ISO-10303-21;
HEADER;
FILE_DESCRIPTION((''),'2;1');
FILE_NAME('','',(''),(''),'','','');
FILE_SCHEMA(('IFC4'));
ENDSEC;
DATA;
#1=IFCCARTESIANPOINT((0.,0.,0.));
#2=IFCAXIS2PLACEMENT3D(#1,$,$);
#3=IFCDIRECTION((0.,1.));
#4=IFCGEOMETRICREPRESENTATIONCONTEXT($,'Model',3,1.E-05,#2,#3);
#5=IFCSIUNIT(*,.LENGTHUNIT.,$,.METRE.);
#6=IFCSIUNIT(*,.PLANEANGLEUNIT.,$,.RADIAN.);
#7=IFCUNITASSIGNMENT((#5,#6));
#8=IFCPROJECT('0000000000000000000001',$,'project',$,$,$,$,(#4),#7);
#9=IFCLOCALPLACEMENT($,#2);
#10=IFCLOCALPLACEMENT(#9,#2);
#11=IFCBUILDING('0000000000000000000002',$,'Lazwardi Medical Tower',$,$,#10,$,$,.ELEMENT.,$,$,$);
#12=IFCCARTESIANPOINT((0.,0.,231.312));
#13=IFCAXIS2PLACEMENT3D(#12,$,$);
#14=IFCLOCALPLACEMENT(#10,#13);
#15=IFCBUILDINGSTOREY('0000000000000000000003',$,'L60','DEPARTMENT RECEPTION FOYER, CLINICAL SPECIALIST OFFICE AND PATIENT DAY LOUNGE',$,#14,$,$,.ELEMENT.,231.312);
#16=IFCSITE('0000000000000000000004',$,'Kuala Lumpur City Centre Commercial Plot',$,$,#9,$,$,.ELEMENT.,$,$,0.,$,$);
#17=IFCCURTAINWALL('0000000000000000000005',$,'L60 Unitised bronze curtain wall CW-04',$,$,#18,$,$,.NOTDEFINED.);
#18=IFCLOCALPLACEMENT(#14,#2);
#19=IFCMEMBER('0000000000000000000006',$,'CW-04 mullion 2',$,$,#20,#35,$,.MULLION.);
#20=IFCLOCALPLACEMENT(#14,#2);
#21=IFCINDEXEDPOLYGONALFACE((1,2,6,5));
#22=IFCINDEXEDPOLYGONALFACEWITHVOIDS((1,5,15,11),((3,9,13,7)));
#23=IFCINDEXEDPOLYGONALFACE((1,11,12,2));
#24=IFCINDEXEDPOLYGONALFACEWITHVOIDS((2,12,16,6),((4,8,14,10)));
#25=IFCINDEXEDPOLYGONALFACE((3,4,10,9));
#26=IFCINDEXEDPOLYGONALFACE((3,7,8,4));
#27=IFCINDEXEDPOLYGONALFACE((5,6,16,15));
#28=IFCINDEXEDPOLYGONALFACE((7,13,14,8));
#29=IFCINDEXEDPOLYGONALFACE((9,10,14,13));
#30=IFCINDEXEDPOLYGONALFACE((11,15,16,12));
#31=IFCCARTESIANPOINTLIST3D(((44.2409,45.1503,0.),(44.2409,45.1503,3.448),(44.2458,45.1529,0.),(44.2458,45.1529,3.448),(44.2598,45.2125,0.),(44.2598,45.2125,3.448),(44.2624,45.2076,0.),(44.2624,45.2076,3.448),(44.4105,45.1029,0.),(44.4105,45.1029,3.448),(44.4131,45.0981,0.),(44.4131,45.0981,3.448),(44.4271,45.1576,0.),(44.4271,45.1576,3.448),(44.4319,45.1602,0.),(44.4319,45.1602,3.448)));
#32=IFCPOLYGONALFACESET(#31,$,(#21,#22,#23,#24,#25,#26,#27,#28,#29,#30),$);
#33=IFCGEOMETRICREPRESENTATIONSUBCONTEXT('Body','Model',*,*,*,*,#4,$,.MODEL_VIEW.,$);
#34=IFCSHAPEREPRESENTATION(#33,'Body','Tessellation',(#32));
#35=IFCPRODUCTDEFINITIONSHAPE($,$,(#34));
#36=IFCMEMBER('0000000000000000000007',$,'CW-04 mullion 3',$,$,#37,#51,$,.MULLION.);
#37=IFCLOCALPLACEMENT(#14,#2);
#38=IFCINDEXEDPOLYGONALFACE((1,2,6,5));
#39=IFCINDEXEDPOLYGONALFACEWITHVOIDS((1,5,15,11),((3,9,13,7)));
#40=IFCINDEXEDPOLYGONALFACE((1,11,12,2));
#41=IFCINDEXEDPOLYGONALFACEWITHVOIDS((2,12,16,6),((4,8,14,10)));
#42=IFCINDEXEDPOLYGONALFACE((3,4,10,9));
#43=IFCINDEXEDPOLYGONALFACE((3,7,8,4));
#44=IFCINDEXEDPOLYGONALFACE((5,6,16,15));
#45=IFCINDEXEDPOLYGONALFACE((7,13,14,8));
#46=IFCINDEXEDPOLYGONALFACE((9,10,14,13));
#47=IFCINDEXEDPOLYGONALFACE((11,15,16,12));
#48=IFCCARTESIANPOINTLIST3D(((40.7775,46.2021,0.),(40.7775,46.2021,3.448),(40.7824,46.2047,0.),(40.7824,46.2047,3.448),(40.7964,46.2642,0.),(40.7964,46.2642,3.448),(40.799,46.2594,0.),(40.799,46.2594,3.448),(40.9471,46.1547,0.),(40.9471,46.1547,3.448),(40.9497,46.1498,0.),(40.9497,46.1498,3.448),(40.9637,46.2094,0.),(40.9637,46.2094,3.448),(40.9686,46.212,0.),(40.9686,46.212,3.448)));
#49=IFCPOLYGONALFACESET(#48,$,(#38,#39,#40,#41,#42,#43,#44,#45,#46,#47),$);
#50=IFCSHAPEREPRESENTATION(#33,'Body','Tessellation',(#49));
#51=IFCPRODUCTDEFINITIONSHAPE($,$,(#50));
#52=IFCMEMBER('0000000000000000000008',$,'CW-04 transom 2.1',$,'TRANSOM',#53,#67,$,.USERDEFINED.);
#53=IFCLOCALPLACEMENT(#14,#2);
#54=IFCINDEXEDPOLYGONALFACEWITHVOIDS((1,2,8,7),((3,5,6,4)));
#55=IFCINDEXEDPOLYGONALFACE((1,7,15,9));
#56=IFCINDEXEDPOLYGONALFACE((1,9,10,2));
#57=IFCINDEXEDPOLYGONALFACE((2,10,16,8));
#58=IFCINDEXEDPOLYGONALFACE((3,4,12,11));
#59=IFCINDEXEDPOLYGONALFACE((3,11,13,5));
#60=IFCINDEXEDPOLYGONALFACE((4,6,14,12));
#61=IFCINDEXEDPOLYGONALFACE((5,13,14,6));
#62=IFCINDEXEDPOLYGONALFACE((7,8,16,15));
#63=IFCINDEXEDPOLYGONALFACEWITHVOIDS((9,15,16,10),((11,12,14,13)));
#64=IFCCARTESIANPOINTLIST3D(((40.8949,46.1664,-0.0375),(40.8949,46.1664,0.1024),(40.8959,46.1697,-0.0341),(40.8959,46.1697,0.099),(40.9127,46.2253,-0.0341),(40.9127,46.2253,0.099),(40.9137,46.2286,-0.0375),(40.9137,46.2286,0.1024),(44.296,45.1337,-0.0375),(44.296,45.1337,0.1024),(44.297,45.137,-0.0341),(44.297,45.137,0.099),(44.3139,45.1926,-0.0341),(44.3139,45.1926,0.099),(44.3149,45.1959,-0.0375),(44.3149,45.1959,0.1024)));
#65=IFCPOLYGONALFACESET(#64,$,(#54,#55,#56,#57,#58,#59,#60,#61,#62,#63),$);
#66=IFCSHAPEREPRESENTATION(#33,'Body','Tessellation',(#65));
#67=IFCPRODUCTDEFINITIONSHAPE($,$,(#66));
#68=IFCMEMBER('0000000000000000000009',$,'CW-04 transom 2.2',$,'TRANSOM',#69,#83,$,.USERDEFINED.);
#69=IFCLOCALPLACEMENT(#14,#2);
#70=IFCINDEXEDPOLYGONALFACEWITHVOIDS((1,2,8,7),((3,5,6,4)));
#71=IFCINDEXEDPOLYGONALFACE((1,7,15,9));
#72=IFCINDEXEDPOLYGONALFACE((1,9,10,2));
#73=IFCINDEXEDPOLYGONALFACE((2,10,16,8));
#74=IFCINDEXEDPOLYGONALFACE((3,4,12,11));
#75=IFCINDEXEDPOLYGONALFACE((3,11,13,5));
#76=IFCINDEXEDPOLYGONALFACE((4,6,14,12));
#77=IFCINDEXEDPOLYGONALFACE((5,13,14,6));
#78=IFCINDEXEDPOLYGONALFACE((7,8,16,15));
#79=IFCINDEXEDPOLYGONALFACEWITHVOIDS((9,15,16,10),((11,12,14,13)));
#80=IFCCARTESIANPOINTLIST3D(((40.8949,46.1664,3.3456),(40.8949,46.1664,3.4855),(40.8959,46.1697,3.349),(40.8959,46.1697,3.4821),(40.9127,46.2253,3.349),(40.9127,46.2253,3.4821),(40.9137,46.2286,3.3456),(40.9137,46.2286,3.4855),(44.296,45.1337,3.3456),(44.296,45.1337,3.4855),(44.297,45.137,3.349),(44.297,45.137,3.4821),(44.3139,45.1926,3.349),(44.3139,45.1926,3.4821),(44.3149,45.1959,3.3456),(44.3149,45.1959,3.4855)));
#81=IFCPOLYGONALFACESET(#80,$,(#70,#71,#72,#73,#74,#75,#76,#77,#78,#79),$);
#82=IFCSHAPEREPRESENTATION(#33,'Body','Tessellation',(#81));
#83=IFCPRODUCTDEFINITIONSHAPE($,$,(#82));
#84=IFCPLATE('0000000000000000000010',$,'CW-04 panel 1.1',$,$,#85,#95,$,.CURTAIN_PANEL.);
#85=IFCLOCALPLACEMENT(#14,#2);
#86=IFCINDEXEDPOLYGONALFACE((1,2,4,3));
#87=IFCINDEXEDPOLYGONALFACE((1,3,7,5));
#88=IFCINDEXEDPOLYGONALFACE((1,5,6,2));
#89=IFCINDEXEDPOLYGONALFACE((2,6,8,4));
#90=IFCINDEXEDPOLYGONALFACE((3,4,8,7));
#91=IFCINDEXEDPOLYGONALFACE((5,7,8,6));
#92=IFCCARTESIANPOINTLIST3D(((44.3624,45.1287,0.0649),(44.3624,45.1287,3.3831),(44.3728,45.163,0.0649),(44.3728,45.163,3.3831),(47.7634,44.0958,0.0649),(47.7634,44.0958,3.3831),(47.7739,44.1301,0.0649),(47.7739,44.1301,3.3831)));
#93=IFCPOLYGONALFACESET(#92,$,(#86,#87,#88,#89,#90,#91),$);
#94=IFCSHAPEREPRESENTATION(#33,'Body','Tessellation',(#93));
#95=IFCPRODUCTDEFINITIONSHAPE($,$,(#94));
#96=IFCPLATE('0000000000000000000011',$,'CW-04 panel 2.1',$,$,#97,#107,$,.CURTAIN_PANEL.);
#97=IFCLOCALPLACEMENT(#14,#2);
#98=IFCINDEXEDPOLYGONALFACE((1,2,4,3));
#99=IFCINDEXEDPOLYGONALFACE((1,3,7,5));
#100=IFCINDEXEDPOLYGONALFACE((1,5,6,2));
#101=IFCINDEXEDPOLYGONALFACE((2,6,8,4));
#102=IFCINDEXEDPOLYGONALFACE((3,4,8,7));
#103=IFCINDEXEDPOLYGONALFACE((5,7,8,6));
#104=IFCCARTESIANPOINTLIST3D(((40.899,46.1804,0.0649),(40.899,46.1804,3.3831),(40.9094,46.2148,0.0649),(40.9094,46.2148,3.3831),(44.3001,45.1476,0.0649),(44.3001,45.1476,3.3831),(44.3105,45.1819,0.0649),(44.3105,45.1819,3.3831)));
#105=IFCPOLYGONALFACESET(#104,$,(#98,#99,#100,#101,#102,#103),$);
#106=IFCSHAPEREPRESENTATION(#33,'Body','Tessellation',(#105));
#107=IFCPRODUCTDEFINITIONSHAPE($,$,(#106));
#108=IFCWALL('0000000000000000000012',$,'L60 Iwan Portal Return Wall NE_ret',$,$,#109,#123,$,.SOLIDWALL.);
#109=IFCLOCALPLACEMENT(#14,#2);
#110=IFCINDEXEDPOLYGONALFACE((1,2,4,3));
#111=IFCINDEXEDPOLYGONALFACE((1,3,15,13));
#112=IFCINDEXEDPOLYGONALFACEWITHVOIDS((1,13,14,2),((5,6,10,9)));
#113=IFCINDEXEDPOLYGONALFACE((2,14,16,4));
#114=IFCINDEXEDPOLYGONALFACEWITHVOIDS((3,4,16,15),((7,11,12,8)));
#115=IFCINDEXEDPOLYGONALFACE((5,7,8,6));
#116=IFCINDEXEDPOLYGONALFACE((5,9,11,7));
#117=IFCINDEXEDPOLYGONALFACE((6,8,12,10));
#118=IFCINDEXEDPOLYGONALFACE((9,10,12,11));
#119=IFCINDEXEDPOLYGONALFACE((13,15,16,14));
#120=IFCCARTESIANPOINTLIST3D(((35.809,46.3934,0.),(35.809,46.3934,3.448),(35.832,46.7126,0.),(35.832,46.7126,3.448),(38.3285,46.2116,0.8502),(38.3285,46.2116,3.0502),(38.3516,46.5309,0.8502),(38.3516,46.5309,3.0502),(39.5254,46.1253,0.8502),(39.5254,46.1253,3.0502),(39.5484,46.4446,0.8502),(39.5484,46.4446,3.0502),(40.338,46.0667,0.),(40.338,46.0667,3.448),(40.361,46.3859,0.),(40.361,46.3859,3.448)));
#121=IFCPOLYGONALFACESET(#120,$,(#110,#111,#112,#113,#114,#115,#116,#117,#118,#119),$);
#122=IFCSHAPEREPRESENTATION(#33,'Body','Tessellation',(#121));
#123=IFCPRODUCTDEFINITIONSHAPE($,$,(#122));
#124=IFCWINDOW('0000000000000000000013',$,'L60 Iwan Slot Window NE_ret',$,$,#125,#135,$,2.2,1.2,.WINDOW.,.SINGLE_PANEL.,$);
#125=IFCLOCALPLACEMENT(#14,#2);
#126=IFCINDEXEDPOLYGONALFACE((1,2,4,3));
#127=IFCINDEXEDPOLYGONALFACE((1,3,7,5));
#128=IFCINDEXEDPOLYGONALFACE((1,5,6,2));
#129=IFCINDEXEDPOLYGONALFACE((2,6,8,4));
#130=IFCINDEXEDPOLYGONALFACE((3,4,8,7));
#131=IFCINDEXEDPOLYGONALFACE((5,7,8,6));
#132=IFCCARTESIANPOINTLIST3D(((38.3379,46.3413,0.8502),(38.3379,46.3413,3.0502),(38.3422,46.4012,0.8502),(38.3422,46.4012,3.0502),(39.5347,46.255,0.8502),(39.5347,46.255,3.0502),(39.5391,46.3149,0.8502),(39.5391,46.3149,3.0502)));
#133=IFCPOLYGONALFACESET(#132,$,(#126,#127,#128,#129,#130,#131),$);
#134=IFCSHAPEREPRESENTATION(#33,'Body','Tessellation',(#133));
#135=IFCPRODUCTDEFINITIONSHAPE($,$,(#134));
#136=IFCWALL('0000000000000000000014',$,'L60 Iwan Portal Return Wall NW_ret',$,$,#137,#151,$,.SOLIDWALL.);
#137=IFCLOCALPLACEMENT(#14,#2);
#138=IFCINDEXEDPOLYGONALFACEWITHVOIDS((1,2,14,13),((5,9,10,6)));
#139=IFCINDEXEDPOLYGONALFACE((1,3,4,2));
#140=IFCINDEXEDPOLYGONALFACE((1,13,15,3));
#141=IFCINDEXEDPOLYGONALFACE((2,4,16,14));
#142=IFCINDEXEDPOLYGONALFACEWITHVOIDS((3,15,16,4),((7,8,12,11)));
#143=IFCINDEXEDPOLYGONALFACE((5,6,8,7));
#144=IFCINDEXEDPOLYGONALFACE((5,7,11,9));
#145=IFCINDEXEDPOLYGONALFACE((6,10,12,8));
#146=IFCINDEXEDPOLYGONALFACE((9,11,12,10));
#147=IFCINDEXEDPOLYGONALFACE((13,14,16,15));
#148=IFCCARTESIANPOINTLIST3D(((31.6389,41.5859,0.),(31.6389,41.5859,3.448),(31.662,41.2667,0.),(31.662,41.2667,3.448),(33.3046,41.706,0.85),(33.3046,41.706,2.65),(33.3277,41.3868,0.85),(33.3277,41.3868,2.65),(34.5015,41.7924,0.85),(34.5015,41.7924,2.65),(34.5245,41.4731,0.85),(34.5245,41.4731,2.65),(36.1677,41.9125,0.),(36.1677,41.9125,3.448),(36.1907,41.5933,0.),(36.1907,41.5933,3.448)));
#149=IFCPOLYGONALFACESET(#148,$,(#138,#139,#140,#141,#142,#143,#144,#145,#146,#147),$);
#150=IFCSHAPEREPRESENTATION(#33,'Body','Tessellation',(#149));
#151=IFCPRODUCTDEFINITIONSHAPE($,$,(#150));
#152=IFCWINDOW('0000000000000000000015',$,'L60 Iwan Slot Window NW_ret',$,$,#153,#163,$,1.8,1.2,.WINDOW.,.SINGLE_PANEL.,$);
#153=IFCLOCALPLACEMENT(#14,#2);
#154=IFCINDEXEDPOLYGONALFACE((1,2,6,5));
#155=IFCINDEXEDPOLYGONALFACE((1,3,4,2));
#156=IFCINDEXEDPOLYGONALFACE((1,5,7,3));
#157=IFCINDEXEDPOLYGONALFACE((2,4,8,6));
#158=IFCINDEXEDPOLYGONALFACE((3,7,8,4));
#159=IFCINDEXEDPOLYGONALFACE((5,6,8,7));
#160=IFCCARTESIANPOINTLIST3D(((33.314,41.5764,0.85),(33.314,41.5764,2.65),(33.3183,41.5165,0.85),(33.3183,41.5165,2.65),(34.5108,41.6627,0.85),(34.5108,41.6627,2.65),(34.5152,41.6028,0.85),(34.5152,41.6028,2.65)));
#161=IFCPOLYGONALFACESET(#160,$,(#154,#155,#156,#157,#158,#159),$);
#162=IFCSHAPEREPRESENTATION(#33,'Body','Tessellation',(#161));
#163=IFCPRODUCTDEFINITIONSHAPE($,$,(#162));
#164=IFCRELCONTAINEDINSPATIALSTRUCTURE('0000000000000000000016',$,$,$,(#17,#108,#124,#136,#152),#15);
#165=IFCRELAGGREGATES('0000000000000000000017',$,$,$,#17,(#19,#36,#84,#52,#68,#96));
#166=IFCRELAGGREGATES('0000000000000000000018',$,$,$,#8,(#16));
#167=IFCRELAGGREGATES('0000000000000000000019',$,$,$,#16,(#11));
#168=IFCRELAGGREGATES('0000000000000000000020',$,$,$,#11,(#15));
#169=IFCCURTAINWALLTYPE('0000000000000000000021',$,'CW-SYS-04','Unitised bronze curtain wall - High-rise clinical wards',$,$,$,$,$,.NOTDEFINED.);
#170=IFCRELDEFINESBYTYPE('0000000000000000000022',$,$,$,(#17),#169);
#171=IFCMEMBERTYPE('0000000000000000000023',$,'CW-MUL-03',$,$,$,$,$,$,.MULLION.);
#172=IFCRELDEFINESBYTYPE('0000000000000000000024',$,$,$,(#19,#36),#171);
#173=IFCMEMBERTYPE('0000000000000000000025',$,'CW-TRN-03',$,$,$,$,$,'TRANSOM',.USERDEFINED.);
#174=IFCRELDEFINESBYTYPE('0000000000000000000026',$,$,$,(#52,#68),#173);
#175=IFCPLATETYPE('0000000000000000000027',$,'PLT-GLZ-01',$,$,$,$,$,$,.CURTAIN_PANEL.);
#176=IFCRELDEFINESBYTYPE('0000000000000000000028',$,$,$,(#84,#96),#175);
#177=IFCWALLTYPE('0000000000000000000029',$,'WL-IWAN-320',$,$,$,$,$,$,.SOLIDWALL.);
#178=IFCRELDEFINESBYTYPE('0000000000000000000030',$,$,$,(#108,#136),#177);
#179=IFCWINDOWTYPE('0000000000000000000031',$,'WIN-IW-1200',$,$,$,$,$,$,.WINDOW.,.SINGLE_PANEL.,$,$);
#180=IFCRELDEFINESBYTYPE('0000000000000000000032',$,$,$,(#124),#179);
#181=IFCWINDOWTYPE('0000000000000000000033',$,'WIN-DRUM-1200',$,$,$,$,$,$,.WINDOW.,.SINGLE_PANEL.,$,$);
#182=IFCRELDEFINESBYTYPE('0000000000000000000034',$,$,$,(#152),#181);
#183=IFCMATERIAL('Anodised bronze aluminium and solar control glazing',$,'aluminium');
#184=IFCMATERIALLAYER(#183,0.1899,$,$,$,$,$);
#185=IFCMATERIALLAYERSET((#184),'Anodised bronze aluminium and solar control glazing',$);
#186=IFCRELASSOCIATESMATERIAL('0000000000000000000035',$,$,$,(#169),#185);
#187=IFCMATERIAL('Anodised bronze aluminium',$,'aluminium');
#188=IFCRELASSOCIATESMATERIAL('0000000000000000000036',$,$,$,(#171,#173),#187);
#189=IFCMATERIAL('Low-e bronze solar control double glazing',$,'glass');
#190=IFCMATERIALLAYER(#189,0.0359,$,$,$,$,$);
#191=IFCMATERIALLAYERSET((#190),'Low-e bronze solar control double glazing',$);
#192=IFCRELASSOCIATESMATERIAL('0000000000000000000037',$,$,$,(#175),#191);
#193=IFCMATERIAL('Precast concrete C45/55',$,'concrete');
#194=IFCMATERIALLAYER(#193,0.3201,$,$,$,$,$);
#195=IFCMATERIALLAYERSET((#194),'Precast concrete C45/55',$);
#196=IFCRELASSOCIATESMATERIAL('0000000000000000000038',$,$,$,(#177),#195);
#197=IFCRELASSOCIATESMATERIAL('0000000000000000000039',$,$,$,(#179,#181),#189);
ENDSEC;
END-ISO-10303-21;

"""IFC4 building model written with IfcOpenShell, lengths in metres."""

from ifc_helpers import new_model, si_unit, direction, frame, frame_2d, origin, origin_2d, place, context, subcontext, project, spatial, rectangle, hollow_rectangle, extrude, material, layer, layer_set, material_profile, profile_set, type_object, element, fill, aggregate, save


model = new_model("IFC4")

# Units and contexts
model_context = context("Model", 3, precision=1e-05, world=origin(), true_north=direction((0.0, 1.0)))
body_context = subcontext(model_context, "Body", "Model", "MODEL_VIEW")
ifc_project = project(units=[si_unit("LENGTHUNIT", "METRE"), si_unit("PLANEANGLEUNIT", "RADIAN")], contexts=[model_context])

# Site, building, storey
site_placement = place(None, origin())
site = spatial("IfcSite", under=ifc_project, at=site_placement, Name="Kuala Lumpur City Centre Commercial Plot", CompositionType="ELEMENT", RefElevation=0.0)
building_placement = place(site_placement, origin())
building = spatial("IfcBuilding", under=site, at=building_placement, Name="Lazwardi Medical Tower", CompositionType="ELEMENT")
storey_placement = place(building_placement, frame((0.0, 0.0, 231.312)))
storey = spatial("IfcBuildingStorey", under=building, at=storey_placement, Name="L60", Description="DEPARTMENT RECEPTION FOYER, CLINICAL SPECIALIST OFFICE AND PATIENT DAY LOUNGE", CompositionType="ELEMENT", Elevation=231.312)

# Curtain wall, members, plates
ifc_material_1 = material(Name="Anodised bronze aluminium and solar control glazing", Category="aluminium")
ifc_layer_1 = layer(ifc_material_1, 0.1899)
ifc_layer_set_1 = layer_set([ifc_layer_1], Name="Anodised bronze aluminium and solar control glazing")
curtain_wall_type = type_object("IfcCurtainWallType", Name="CW-SYS-04", Description="Unitised bronze curtain wall - High-rise clinical wards", PredefinedType="NOTDEFINED", material=ifc_layer_set_1)
curtain_wall_placement = place(storey_placement, origin())
curtain_wall = element("IfcCurtainWall", 1, at=curtain_wall_placement, inside=storey, type_object=curtain_wall_type, Name="L60 Unitised bronze curtain wall CW-04", PredefinedType="NOTDEFINED")
ifc_material_2 = material(Name="Anodised bronze aluminium", Category="aluminium")
ifc_material_profile_1 = material_profile(ifc_material_2, hollow_rectangle(XDim=0.0649, YDim=0.1799, WallThickness=0.0039, at=origin_2d()), Name="ALU-MULLION 180x65x4")
ifc_profile_set_1 = profile_set([ifc_material_profile_1], Name="Anodised bronze aluminium")
member_type_1 = type_object("IfcMemberType", Name="CW-MUL-03", PredefinedType="MULLION", material=ifc_profile_set_1)
member_1_placement = place(storey_placement, frame((44.3364, 45.1553, 0.0), z_axis=(0.0, 0.0, 1.0), x_axis=(-0.290582, -0.95685, 0.0)))
member_1 = element("IfcMember", 2, at=member_1_placement, type_object=member_type_1, Name="CW-04 mullion 2", PredefinedType="MULLION", context=body_context, shape_type="SweptSolid", body=[
    extrude(hollow_rectangle(XDim=0.0649, YDim=0.1799, WallThickness=0.0039, at=origin_2d()), origin(), (0.0, 0.0, 1.0), 3.448),
])
member_2_placement = place(storey_placement, frame((40.873, 46.207, 0.0), z_axis=(0.0, 0.0, 1.0), x_axis=(-0.290582, -0.95685, 0.0)))
member_2 = element("IfcMember", 3, at=member_2_placement, type_object=member_type_1, Name="CW-04 mullion 3", PredefinedType="MULLION", context=body_context, shape_type="SweptSolid", body=[
    extrude(hollow_rectangle(XDim=0.0649, YDim=0.1799, WallThickness=0.0039, at=origin_2d()), origin(), (0.0, 0.0, 1.0), 3.448),
])
ifc_material_profile_2 = material_profile(ifc_material_2, hollow_rectangle(XDim=0.0649, YDim=0.1399, WallThickness=0.0034, at=origin_2d()), Name="ALU-TRANSOM 140x65x3.5")
ifc_profile_set_2 = profile_set([ifc_material_profile_2], Name="Anodised bronze aluminium")
member_type_2 = type_object("IfcMemberType", Name="CW-TRN-03", ElementType="TRANSOM", PredefinedType="USERDEFINED", material=ifc_profile_set_2)
member_3_placement = place(storey_placement, frame((44.3054, 45.1648, 0.0325), z_axis=(-0.956863, 0.290541, 0.0), x_axis=(-0.290541, -0.956863, 0.0)))
member_3 = element("IfcMember", 4, at=member_3_placement, type_object=member_type_2, Name="CW-04 transom 2.1", ObjectType="TRANSOM", PredefinedType="USERDEFINED", context=body_context, shape_type="SweptSolid", body=[
    extrude(hollow_rectangle(XDim=0.0649, YDim=0.1399, WallThickness=0.0034, at=origin_2d()), origin(), (0.0, 0.0, 1.0), 3.5544),
])
member_4_placement = place(storey_placement, frame((44.3054, 45.1648, 3.4155), z_axis=(-0.956863, 0.290541, 0.0), x_axis=(-0.290541, -0.956863, 0.0)))
member_4 = element("IfcMember", 5, at=member_4_placement, type_object=member_type_2, Name="CW-04 transom 2.2", ObjectType="TRANSOM", PredefinedType="USERDEFINED", context=body_context, shape_type="SweptSolid", body=[
    extrude(hollow_rectangle(XDim=0.0649, YDim=0.1399, WallThickness=0.0034, at=origin_2d()), origin(), (0.0, 0.0, 1.0), 3.5544),
])
ifc_material_3 = material(Name="Low-e bronze solar control double glazing", Category="glass")
ifc_layer_2 = layer(ifc_material_3, 0.0359)
ifc_layer_set_2 = layer_set([ifc_layer_2], Name="Low-e bronze solar control double glazing")
plate_type = type_object("IfcPlateType", Name="PLT-GLZ-01", PredefinedType="CURTAIN_PANEL", material=ifc_layer_set_2)
plate_1_placement = place(storey_placement, frame((46.0681, 44.6294, 0.0649), z_axis=(0.0, 0.0, 1.0), x_axis=(-0.95685, 0.290582, 0.0)))
plate_1 = element("IfcPlate", 6, at=plate_1_placement, type_object=plate_type, Name="CW-04 panel 1.1", PredefinedType="CURTAIN_PANEL", context=body_context, shape_type="SweptSolid", body=[
    extrude(rectangle(XDim=3.5544, YDim=0.0359, at=origin_2d()), origin(), (0.0, 0.0, 1.0), 3.3181),
])
plate_2_placement = place(storey_placement, frame((42.6047, 45.6812, 0.0649), z_axis=(0.0, 0.0, 1.0), x_axis=(-0.95685, 0.290582, 0.0)))
plate_2 = element("IfcPlate", 7, at=plate_2_placement, type_object=plate_type, Name="CW-04 panel 2.1", PredefinedType="CURTAIN_PANEL", context=body_context, shape_type="SweptSolid", body=[
    extrude(rectangle(XDim=3.5544, YDim=0.0359, at=origin_2d()), origin(), (0.0, 0.0, 1.0), 3.3181),
])
aggregate(curtain_wall, [member_1, member_2, plate_1, member_3, member_4, plate_2])

# Walls, openings, windows
ifc_material_4 = material(Name="Precast concrete C45/55", Category="concrete")
ifc_layer_3 = layer(ifc_material_4, 0.3201)
ifc_layer_set_3 = layer_set([ifc_layer_3], Name="Precast concrete C45/55")
wall_type = type_object("IfcWallType", Name="WL-IWAN-320", PredefinedType="SOLIDWALL", material=ifc_layer_set_3)
wall_1_placement = place(storey_placement, frame((40.3496, 46.2263, 0.0), z_axis=(0.0, 0.0, 1.0), x_axis=(-0.997409, 0.071939, 0.0)))
wall_1 = element("IfcWall", 8, at=wall_1_placement, inside=storey, type_object=wall_type, Name="L60 Iwan Portal Return Wall NE_ret", PredefinedType="SOLIDWALL", context=body_context, shape_type="SweptSolid", body=[
    extrude(rectangle(XDim=4.5408, YDim=0.3201, at=frame_2d((2.2705, 0.0))), origin(), (0.0, 0.0, 1.0), 3.448),
])
opening_1_placement = place(wall_1_placement, frame((0.8147, 0.0, 0.8501)))
opening_1 = element("IfcOpeningElement", 9, at=opening_1_placement, cuts=wall_1, PredefinedType="OPENING", context=body_context, shape_type="SweptSolid", body=[
    extrude(rectangle(XDim=1.2, YDim=2.2, at=frame_2d((0.6001, 1.1001))), frame((0.0, 0.1699, 0.0), z_axis=(0.0, -1.0, 0.0), x_axis=(1.0, 0.0, 0.0)), (0.0, 0.0, 1.0), 0.3401),
])
window_type_1 = type_object("IfcWindowType", Name="WIN-IW-1200", PartitioningType="SINGLE_PANEL", PredefinedType="WINDOW", material=ifc_material_3)
window_1_placement = place(opening_1_placement, origin())
window_1 = element("IfcWindow", 10, at=window_1_placement, inside=storey, type_object=window_type_1, Name="L60 Iwan Slot Window NE_ret", OverallHeight=2.2, OverallWidth=1.2, PartitioningType="SINGLE_PANEL", PredefinedType="WINDOW", context=body_context, shape_type="SweptSolid", body=[
    extrude(rectangle(XDim=1.2, YDim=2.2, at=frame_2d((0.6001, 1.1001))), frame((0.0, 0.03, 0.0), z_axis=(0.0, -1.0, 0.0), x_axis=(1.0, 0.0, 0.0)), (0.0, 0.0, 1.0), 0.0601),
])
fill(opening_1, window_1)
wall_2_placement = place(storey_placement, frame((36.1792, 41.7529, 0.0), z_axis=(0.0, 0.0, 1.0), x_axis=(-0.997409, -0.071942, 0.0)))
wall_2 = element("IfcWall", 11, at=wall_2_placement, inside=storey, type_object=wall_type, Name="L60 Iwan Portal Return Wall NW_ret", PredefinedType="SOLIDWALL", context=body_context, shape_type="SweptSolid", body=[
    extrude(rectangle(XDim=4.5405, YDim=0.3201, at=frame_2d((2.2703, 0.0))), origin(), (0.0, 0.0, 1.0), 3.448),
])
opening_2_placement = place(wall_2_placement, frame((1.6704, 0.0, 0.8501)))
opening_2 = element("IfcOpeningElement", 12, at=opening_2_placement, cuts=wall_2, PredefinedType="OPENING", context=body_context, shape_type="SweptSolid", body=[
    extrude(rectangle(XDim=1.2, YDim=1.8, at=frame_2d((0.6001, 0.8999))), frame((0.0, 0.1699, 0.0), z_axis=(0.0, -1.0, 0.0), x_axis=(1.0, 0.0, 0.0)), (0.0, 0.0, 1.0), 0.3401),
])
window_type_2 = type_object("IfcWindowType", Name="WIN-DRUM-1200", PartitioningType="SINGLE_PANEL", PredefinedType="WINDOW", material=ifc_material_3)
window_2_placement = place(opening_2_placement, origin())
window_2 = element("IfcWindow", 13, at=window_2_placement, inside=storey, type_object=window_type_2, Name="L60 Iwan Slot Window NW_ret", OverallHeight=1.8, OverallWidth=1.2, PartitioningType="SINGLE_PANEL", PredefinedType="WINDOW", context=body_context, shape_type="SweptSolid", body=[
    extrude(rectangle(XDim=1.2, YDim=1.8, at=frame_2d((0.6001, 0.8999))), frame((0.0, 0.03, 0.0), z_axis=(0.0, -1.0, 0.0), x_axis=(1.0, 0.0, 0.0)), (0.0, 0.0, 1.0), 0.0601),
])
fill(opening_2, window_2)

save(model, "model.ifc")
